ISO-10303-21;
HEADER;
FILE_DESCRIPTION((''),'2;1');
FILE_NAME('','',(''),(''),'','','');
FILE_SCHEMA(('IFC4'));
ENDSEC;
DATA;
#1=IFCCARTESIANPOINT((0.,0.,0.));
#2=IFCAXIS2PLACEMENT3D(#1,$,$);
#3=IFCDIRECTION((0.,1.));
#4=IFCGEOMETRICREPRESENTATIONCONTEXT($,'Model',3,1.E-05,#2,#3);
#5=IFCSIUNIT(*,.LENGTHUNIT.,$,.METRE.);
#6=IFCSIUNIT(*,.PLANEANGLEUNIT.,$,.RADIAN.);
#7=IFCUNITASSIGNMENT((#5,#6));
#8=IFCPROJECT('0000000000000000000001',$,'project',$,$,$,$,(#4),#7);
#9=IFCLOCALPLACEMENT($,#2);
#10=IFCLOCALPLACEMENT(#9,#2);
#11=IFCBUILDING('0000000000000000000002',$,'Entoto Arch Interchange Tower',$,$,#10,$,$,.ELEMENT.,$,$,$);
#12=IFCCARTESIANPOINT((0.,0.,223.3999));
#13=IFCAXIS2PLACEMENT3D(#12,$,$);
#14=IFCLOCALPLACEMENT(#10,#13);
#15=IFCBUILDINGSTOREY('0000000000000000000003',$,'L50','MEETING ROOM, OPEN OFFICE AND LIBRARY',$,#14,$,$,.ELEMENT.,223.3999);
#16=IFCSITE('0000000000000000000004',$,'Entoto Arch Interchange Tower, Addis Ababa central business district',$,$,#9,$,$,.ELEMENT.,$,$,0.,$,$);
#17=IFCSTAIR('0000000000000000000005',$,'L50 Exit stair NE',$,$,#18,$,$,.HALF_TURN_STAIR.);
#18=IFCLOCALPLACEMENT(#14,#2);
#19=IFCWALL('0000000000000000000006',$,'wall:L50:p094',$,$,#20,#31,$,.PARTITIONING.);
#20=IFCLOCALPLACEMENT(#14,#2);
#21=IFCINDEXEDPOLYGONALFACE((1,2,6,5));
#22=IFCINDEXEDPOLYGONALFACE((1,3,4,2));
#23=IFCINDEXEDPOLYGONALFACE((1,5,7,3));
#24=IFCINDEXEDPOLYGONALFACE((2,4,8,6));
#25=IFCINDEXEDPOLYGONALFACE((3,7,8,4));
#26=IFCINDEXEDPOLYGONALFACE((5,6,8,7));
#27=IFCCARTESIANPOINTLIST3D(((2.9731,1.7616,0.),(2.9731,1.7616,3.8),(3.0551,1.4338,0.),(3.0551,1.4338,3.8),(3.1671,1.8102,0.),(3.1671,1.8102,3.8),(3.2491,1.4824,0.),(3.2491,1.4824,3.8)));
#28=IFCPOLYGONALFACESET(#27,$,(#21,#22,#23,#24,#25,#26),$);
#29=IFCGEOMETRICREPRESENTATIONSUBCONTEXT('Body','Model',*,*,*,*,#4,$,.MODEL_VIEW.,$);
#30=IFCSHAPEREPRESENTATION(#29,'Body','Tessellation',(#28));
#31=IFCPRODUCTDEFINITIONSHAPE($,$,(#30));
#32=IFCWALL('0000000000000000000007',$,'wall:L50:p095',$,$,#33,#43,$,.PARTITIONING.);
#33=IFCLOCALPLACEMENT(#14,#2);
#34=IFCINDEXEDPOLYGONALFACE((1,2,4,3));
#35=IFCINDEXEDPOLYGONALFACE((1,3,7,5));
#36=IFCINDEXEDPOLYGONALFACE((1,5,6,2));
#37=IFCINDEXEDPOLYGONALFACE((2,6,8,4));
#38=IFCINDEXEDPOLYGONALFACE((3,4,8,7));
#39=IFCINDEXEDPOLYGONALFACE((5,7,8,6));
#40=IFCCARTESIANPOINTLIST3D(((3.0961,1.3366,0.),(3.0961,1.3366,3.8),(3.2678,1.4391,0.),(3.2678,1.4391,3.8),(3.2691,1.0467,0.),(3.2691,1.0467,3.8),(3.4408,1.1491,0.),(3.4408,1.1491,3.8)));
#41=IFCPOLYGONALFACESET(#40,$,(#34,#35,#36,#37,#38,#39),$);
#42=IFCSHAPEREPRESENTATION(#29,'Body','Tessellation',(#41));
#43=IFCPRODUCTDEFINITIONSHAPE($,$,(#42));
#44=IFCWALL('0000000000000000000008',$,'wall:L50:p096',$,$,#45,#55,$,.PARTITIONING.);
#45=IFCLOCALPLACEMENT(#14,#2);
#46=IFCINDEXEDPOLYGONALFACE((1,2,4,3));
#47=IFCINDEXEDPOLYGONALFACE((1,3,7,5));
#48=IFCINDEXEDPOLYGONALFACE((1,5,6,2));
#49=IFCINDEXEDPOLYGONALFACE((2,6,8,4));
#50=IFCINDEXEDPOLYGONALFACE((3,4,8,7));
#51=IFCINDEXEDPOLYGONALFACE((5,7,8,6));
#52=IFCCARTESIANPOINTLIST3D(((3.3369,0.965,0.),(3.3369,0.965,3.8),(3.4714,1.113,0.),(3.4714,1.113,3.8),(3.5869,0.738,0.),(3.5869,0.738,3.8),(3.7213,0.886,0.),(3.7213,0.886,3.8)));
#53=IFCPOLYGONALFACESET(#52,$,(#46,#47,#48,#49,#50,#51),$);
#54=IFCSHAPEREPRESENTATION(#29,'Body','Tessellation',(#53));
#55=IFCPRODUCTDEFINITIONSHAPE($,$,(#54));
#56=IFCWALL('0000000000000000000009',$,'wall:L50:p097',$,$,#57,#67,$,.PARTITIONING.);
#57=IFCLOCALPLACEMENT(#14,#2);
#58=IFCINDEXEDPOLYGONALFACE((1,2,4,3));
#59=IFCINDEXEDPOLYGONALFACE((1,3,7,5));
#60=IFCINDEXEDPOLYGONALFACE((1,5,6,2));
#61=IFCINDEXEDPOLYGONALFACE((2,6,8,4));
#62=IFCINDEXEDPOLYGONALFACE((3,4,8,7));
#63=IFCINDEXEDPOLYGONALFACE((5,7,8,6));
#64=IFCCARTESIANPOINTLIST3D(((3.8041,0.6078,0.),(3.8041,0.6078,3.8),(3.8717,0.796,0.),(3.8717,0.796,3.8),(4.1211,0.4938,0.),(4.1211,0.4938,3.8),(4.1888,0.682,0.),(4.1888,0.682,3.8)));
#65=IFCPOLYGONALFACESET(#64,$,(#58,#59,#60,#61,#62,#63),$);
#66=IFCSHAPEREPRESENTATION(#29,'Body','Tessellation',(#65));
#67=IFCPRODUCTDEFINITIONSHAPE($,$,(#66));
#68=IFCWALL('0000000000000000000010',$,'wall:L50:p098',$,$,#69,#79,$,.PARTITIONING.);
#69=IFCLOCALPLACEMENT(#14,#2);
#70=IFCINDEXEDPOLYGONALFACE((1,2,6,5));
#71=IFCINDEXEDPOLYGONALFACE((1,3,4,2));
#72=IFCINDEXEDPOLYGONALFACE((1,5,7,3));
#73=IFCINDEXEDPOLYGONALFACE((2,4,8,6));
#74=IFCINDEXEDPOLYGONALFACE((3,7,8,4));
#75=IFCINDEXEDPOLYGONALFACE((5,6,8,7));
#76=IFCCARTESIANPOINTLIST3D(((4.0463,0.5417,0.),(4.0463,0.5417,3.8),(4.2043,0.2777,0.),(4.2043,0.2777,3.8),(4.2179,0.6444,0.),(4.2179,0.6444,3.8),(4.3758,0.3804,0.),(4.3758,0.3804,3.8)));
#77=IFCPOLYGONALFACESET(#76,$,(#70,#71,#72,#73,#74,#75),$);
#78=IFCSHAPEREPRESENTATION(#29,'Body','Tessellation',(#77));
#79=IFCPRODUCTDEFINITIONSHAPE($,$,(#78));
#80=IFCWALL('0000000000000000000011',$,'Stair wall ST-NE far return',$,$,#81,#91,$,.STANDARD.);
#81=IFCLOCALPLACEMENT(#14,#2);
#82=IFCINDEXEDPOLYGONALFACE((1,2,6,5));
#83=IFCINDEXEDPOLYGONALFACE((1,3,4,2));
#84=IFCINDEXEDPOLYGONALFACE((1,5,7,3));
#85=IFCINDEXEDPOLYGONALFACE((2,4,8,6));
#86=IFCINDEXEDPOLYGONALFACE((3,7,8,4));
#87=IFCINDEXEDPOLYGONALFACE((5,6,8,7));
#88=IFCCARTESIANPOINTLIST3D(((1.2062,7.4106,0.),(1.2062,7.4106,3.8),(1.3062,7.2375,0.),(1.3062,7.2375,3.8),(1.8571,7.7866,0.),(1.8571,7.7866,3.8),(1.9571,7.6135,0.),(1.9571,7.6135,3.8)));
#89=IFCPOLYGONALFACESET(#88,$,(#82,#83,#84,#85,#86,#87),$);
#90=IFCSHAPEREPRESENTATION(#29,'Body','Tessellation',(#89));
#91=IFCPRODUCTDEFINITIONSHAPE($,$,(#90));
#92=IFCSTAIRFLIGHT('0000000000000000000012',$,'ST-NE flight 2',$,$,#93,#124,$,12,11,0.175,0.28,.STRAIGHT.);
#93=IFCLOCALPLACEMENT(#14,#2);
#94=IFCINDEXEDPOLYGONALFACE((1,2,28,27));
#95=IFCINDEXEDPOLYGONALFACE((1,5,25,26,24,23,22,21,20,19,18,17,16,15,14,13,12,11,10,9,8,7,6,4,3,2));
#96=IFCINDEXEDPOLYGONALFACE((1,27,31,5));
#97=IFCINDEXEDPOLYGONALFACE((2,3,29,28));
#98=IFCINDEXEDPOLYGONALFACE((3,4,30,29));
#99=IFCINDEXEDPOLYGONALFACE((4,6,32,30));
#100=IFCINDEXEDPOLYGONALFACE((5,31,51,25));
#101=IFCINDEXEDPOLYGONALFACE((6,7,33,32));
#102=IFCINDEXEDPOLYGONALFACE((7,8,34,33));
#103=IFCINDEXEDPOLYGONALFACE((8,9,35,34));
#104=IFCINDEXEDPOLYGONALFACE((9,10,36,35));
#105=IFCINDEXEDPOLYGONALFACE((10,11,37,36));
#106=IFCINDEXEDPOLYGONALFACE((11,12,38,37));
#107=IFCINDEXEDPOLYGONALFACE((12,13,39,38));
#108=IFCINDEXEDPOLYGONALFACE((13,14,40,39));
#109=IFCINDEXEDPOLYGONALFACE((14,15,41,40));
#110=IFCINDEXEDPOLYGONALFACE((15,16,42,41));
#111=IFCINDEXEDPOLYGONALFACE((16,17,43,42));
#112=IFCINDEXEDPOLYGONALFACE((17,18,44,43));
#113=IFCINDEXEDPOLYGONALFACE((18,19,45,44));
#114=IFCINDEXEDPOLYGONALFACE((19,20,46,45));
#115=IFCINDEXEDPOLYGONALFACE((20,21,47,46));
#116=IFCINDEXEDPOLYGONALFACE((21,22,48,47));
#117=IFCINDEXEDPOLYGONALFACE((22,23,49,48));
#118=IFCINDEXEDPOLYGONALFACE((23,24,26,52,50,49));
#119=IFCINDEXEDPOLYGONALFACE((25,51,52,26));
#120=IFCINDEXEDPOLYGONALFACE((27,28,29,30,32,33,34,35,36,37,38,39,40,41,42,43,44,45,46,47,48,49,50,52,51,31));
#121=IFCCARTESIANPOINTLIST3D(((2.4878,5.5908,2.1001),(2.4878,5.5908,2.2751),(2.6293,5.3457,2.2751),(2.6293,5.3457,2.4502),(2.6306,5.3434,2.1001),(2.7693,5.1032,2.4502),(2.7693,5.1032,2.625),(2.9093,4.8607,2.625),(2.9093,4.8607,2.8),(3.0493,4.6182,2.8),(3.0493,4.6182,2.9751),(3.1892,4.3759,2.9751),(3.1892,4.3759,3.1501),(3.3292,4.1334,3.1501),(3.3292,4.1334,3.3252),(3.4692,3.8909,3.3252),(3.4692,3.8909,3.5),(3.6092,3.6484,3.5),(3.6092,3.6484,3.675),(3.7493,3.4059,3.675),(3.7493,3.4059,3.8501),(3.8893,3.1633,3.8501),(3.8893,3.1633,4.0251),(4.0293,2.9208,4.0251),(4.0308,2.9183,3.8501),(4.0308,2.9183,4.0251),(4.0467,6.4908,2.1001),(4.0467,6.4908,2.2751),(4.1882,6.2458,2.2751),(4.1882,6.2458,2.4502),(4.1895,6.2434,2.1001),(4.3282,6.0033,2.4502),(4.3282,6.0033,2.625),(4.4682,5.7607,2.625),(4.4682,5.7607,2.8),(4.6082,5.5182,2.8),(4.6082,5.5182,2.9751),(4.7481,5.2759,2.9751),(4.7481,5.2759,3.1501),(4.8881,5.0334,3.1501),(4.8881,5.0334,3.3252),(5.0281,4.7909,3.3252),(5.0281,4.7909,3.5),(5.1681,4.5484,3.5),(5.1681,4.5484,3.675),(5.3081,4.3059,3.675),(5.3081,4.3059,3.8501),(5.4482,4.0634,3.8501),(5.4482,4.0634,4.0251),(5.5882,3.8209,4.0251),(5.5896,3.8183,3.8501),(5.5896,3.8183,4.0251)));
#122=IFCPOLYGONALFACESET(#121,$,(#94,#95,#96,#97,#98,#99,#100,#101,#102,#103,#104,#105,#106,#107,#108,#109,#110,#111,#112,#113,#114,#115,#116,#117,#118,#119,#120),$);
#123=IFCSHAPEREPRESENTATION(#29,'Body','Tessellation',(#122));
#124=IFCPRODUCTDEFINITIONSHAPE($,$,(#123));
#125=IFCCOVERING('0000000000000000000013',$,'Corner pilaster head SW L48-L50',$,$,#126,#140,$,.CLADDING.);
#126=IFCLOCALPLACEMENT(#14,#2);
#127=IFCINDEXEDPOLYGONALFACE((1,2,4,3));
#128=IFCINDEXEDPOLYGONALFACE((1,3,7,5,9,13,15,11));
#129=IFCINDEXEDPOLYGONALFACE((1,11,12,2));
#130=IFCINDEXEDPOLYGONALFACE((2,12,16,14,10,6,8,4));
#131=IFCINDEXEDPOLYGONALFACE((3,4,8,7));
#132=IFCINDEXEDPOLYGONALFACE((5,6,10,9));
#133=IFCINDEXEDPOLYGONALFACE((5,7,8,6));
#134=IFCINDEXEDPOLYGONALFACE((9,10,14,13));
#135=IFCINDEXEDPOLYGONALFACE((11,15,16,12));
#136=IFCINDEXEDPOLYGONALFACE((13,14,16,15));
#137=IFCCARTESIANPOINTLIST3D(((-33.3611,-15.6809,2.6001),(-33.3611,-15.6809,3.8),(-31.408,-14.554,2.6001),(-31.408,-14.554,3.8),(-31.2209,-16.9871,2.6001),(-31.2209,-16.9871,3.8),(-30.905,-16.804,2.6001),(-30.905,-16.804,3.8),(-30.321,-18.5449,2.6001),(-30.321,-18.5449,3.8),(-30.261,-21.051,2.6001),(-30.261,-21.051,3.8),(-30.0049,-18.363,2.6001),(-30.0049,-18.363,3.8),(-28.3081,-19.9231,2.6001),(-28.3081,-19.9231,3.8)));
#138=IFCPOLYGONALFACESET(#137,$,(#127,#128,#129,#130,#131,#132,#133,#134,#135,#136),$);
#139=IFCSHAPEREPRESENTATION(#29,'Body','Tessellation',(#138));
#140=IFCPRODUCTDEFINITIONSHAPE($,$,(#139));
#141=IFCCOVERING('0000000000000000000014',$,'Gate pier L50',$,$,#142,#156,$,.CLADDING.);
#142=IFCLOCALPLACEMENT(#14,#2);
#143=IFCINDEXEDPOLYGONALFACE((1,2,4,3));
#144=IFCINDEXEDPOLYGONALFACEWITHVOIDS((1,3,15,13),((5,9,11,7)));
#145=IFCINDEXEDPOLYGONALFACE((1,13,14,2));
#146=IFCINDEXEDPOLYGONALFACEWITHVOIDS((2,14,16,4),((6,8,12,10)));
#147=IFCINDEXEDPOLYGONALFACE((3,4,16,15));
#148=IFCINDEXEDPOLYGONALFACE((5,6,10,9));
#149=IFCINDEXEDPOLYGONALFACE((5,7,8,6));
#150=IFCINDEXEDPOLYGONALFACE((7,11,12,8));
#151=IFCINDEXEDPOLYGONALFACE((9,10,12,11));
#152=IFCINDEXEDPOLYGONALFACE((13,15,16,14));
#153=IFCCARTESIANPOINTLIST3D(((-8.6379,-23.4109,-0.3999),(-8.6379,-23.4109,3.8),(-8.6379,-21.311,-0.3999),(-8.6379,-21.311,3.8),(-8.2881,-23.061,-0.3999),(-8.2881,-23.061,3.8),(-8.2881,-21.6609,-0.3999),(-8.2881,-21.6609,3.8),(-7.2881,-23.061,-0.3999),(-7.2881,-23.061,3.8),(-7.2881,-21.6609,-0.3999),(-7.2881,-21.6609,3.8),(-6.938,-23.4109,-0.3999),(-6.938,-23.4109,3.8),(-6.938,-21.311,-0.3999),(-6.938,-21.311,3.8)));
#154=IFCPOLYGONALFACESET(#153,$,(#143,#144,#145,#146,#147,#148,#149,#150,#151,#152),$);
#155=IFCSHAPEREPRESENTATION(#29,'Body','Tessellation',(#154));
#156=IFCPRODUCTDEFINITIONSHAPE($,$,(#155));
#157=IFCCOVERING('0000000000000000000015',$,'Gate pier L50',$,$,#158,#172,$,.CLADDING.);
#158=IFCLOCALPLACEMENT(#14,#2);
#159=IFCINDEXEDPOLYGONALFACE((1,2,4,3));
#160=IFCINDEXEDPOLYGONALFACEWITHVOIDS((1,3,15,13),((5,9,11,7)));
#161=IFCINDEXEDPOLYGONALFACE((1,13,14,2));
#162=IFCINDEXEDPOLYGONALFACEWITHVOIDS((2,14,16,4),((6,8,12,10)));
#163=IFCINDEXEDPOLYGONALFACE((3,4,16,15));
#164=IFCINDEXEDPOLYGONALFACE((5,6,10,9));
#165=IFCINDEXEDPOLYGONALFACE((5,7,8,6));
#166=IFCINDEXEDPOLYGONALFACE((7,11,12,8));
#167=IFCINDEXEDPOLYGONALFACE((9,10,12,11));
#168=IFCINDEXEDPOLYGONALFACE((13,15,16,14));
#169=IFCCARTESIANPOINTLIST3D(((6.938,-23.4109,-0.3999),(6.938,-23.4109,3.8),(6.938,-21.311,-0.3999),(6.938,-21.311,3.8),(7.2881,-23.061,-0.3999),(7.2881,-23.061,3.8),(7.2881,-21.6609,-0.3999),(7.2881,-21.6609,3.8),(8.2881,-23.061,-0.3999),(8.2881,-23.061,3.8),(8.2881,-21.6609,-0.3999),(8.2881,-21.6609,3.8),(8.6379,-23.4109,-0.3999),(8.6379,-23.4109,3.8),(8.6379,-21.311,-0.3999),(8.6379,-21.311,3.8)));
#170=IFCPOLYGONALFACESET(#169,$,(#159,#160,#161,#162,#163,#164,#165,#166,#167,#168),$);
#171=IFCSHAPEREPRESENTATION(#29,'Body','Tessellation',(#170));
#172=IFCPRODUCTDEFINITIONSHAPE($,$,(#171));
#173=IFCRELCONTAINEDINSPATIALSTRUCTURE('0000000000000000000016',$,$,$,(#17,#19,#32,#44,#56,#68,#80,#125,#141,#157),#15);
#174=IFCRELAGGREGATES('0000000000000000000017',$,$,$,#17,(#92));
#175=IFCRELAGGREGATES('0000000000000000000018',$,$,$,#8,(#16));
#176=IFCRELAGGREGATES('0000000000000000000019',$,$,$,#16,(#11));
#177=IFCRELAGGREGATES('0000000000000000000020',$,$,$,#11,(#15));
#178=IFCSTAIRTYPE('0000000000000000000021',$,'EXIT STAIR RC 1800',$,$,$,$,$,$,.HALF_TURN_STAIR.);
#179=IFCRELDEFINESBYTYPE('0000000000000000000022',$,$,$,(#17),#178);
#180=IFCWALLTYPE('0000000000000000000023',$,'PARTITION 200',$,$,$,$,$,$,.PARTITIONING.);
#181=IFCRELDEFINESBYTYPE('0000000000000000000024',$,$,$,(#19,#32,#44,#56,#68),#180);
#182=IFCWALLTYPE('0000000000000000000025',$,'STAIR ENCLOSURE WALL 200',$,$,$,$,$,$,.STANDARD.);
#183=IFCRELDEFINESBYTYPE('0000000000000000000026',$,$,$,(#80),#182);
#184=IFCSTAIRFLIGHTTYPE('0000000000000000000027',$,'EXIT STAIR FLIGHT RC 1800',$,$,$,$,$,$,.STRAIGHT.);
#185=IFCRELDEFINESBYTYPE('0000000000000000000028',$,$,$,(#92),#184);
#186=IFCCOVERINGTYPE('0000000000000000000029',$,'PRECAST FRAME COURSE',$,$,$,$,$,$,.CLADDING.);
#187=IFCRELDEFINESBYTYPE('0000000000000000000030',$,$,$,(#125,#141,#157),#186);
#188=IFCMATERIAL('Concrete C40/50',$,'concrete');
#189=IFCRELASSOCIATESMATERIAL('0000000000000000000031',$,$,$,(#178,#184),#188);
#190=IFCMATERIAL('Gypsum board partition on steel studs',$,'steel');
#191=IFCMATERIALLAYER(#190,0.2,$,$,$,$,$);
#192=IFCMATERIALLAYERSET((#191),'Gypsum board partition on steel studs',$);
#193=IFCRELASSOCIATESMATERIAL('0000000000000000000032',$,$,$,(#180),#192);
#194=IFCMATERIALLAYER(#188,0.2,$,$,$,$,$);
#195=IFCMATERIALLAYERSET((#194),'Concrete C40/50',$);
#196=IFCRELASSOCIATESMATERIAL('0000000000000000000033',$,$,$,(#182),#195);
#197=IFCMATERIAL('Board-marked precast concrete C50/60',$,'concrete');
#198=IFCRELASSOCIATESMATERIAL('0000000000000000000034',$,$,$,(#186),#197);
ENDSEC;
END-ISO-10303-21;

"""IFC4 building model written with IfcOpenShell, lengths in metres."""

from ifc_helpers import new_model, si_unit, direction, frame, frame_2d, origin, place, context, subcontext, project, spatial, polyline, rectangle, outline, extrude, material, layer, layer_set, type_object, element, aggregate, save


model = new_model("IFC4")

# Units and contexts
model_context = context("Model", 3, precision=1e-05, world=origin(), true_north=direction((0.0, 1.0)))
body_context = subcontext(model_context, "Body", "Model", "MODEL_VIEW")
ifc_project = project(units=[si_unit("LENGTHUNIT", "METRE"), si_unit("PLANEANGLEUNIT", "RADIAN")], contexts=[model_context])

# Site, building, storey
site_placement = place(None, origin())
site = spatial("IfcSite", under=ifc_project, at=site_placement, Name="Entoto Arch Interchange Tower, Addis Ababa central business district", CompositionType="ELEMENT", RefElevation=0.0)
building_placement = place(site_placement, origin())
building = spatial("IfcBuilding", under=site, at=building_placement, Name="Entoto Arch Interchange Tower", CompositionType="ELEMENT")
storey_placement = place(building_placement, frame((0.0, 0.0, 223.3999)))
storey = spatial("IfcBuildingStorey", under=building, at=storey_placement, Name="L50", Description="MEETING ROOM, OPEN OFFICE AND LIBRARY", CompositionType="ELEMENT", Elevation=223.3999)

# Shared definitions
ifc_material_1 = material(Name="Concrete C40/50", Category="concrete")

# Stair
stair_type = type_object("IfcStairType", Name="EXIT STAIR RC 1800", PredefinedType="HALF_TURN_STAIR", material=ifc_material_1)
stair_1_placement = place(storey_placement, origin())
stair_1 = element("IfcStair", 1, at=stair_1_placement, inside=storey, type_object=stair_type, Name="L50 Exit stair NE", PredefinedType="HALF_TURN_STAIR")

# Shared definitions
ifc_material_2 = material(Name="Gypsum board partition on steel studs", Category="steel")
ifc_layer_1 = layer(ifc_material_2, 0.2)
ifc_layer_set_1 = layer_set([ifc_layer_1], Name="Gypsum board partition on steel studs")
wall_type_1 = type_object("IfcWallType", Name="PARTITION 200", PredefinedType="PARTITIONING", material=ifc_layer_set_1)

# Walls
wall_1_placement = place(storey_placement, frame((3.0701, 1.7859, 0.0), z_axis=(0.0, 0.0, 1.0), x_axis=(0.242706, -0.9701, 0.0)))
element("IfcWall", 2, at=wall_1_placement, inside=storey, type_object=wall_type_1, Name="wall:L50:p094", PredefinedType="PARTITIONING", context=body_context, shape_type="SweptSolid", body=[
    extrude(rectangle(XDim=0.3379, YDim=0.2, at=frame_2d((0.1689, 0.0))), origin(), (0.0, 0.0, 1.0), 3.8),
])
for number, where, z_axis, x_axis, name in (
    (3, (3.1819, 1.3879, 0.0), (0.0, 0.0, 1.0), (0.512475, -0.858702, 0.0), "wall:L50:p095"),
    (4, (3.4041, 1.0391, 0.0), (0.0, 0.0, 1.0), (0.740267, -0.672313, 0.0), "wall:L50:p096"),
):
    element("IfcWall", number, at=place(storey_placement, frame(where, z_axis=z_axis, x_axis=x_axis)), inside=storey, type_object=wall_type_1, Name=name, PredefinedType="PARTITIONING", context=body_context, shape_type="SweptSolid", body=[
        extrude(rectangle(XDim=0.3376, YDim=0.2, at=frame_2d((0.1689, 0.0))), origin(), (0.0, 0.0, 1.0), 3.8),
    ])
wall_2_placement = place(storey_placement, frame((3.8379, 0.7019, 0.0), z_axis=(0.0, 0.0, 1.0), x_axis=(0.941035, -0.338309, 0.0)))
element("IfcWall", 5, at=wall_2_placement, inside=storey, type_object=wall_type_1, Name="wall:L50:p097", PredefinedType="PARTITIONING", context=body_context, shape_type="SweptSolid", body=[
    extrude(rectangle(XDim=0.3369, YDim=0.2, at=frame_2d((0.1685, 0.0))), origin(), (0.0, 0.0, 1.0), 3.8),
])
wall_3_placement = place(storey_placement, frame((4.1321, 0.593, 0.0), z_axis=(0.0, 0.0, 1.0), x_axis=(0.513562, -0.858053, 0.0)))
element("IfcWall", 6, at=wall_3_placement, inside=storey, type_object=wall_type_1, Name="wall:L50:p098", PredefinedType="PARTITIONING", context=body_context, shape_type="SweptSolid", body=[
    extrude(rectangle(XDim=0.3076, YDim=0.2, at=frame_2d((0.1538, 0.0))), origin(), (0.0, 0.0, 1.0), 3.8),
])
ifc_layer_2 = layer(ifc_material_1, 0.2)
ifc_layer_set_2 = layer_set([ifc_layer_2], Name="Concrete C40/50")
wall_type_2 = type_object("IfcWallType", Name="STAIR ENCLOSURE WALL 200", PredefinedType="STANDARD", material=ifc_layer_set_2)
wall_4_placement = place(storey_placement, frame((1.2561, 7.324, 0.0), z_axis=(0.0, 0.0, 1.0), x_axis=(0.865915, 0.500191, 0.0)))
element("IfcWall", 7, at=wall_4_placement, inside=storey, type_object=wall_type_2, Name="Stair wall ST-NE far return", PredefinedType="STANDARD", context=body_context, shape_type="SweptSolid", body=[
    extrude(rectangle(XDim=0.7517, YDim=0.2, at=frame_2d((0.376, 0.0))), origin(), (0.0, 0.0, 1.0), 3.8),
])

# Stair flight
stair_flight_type = type_object("IfcStairFlightType", Name="EXIT STAIR FLIGHT RC 1800", PredefinedType="STRAIGHT", material=ifc_material_1)
stair_flight_placement = place(storey_placement, frame((3.2688, 6.0383, 2.1001), z_axis=(0.0, 0.0, 1.0), x_axis=(0.5, -0.866025, 0.0)))
stair_flight = element("IfcStairFlight", 8, at=stair_flight_placement, type_object=stair_flight_type, Name="ST-NE flight 2", NumberOfRisers=12, NumberOfTreads=11, PredefinedType="STRAIGHT", RiserHeight=0.175, TreadLength=0.28, context=body_context, shape_type="SweptSolid", body=[
    extrude(outline(polyline([(-0.0029, 0.0), (-0.0029, 0.175), (0.28, 0.175), (0.28, 0.3501), (0.5601, 0.3501), (0.5601, 0.5249), (0.8401, 0.5249), (0.8401, 0.7), (1.1201, 0.7), (1.1201, 0.875), (1.3999, 0.875), (1.3999, 1.05), (1.6799, 1.05), (1.6799, 1.2251), (1.96, 1.2251), (1.96, 1.3999), (2.24, 1.3999), (2.24, 1.575), (2.52, 1.575), (2.52, 1.75), (2.8, 1.75), (2.8, 1.925), (3.0801, 1.925), (3.083, 1.925), (3.083, 1.75), (0.2827, 0.0), (-0.0029, 0.0)])), frame((0.0, 0.8999, 0.0), z_axis=(0.0, -1.0, 0.0), x_axis=(1.0, 0.0, 0.0)), (0.0, 0.0, 1.0), 1.8),
])
aggregate(stair_1, [stair_flight])

# Coverings
ifc_material_3 = material(Name="Board-marked precast concrete C50/60", Category="concrete")
covering_type = type_object("IfcCoveringType", Name="PRECAST FRAME COURSE", PredefinedType="CLADDING", material=ifc_material_3)
covering_1_placement = place(storey_placement, frame((0.0, 0.0, 2.6001)))
element("IfcCovering", 9, at=covering_1_placement, inside=storey, type_object=covering_type, Name="Corner pilaster head SW L48-L50", PredefinedType="CLADDING", context=body_context, shape_type="SweptSolid", body=[
    extrude(outline(polyline([(-30.261, -21.051), (-33.3611, -15.6809), (-31.408, -14.554), (-30.905, -16.804), (-31.2209, -16.9871), (-30.321, -18.5449), (-30.0049, -18.363), (-28.3081, -19.9231), (-30.261, -21.051)])), origin(), (0.0, 0.0, 1.0), 1.2),
])
covering_2_placement = place(storey_placement, frame((0.0, 0.0, -0.3999)))
element("IfcCovering", 10, at=covering_2_placement, inside=storey, type_object=covering_type, Name="Gate pier L50", PredefinedType="CLADDING", context=body_context, shape_type="SweptSolid", body=[
    extrude(outline(polyline([(-8.6379, -21.311), (-6.938, -21.311), (-6.938, -23.4109), (-8.6379, -23.4109), (-8.6379, -21.311)]), holes=[polyline([(-8.2881, -21.6609), (-8.2881, -23.061), (-7.2881, -23.061), (-7.2881, -21.6609), (-8.2881, -21.6609)])]), origin(), (0.0, 0.0, 1.0), 4.2),
])
covering_3_placement = place(storey_placement, frame((0.0, 0.0, -0.3999)))
element("IfcCovering", 11, at=covering_3_placement, inside=storey, type_object=covering_type, Name="Gate pier L50", PredefinedType="CLADDING", context=body_context, shape_type="SweptSolid", body=[
    extrude(outline(polyline([(6.938, -21.311), (8.6379, -21.311), (8.6379, -23.4109), (6.938, -23.4109), (6.938, -21.311)]), holes=[polyline([(7.2881, -21.6609), (7.2881, -23.061), (8.2881, -23.061), (8.2881, -21.6609), (7.2881, -21.6609)])]), origin(), (0.0, 0.0, 1.0), 4.2),
])

save(model, "model.ifc")
